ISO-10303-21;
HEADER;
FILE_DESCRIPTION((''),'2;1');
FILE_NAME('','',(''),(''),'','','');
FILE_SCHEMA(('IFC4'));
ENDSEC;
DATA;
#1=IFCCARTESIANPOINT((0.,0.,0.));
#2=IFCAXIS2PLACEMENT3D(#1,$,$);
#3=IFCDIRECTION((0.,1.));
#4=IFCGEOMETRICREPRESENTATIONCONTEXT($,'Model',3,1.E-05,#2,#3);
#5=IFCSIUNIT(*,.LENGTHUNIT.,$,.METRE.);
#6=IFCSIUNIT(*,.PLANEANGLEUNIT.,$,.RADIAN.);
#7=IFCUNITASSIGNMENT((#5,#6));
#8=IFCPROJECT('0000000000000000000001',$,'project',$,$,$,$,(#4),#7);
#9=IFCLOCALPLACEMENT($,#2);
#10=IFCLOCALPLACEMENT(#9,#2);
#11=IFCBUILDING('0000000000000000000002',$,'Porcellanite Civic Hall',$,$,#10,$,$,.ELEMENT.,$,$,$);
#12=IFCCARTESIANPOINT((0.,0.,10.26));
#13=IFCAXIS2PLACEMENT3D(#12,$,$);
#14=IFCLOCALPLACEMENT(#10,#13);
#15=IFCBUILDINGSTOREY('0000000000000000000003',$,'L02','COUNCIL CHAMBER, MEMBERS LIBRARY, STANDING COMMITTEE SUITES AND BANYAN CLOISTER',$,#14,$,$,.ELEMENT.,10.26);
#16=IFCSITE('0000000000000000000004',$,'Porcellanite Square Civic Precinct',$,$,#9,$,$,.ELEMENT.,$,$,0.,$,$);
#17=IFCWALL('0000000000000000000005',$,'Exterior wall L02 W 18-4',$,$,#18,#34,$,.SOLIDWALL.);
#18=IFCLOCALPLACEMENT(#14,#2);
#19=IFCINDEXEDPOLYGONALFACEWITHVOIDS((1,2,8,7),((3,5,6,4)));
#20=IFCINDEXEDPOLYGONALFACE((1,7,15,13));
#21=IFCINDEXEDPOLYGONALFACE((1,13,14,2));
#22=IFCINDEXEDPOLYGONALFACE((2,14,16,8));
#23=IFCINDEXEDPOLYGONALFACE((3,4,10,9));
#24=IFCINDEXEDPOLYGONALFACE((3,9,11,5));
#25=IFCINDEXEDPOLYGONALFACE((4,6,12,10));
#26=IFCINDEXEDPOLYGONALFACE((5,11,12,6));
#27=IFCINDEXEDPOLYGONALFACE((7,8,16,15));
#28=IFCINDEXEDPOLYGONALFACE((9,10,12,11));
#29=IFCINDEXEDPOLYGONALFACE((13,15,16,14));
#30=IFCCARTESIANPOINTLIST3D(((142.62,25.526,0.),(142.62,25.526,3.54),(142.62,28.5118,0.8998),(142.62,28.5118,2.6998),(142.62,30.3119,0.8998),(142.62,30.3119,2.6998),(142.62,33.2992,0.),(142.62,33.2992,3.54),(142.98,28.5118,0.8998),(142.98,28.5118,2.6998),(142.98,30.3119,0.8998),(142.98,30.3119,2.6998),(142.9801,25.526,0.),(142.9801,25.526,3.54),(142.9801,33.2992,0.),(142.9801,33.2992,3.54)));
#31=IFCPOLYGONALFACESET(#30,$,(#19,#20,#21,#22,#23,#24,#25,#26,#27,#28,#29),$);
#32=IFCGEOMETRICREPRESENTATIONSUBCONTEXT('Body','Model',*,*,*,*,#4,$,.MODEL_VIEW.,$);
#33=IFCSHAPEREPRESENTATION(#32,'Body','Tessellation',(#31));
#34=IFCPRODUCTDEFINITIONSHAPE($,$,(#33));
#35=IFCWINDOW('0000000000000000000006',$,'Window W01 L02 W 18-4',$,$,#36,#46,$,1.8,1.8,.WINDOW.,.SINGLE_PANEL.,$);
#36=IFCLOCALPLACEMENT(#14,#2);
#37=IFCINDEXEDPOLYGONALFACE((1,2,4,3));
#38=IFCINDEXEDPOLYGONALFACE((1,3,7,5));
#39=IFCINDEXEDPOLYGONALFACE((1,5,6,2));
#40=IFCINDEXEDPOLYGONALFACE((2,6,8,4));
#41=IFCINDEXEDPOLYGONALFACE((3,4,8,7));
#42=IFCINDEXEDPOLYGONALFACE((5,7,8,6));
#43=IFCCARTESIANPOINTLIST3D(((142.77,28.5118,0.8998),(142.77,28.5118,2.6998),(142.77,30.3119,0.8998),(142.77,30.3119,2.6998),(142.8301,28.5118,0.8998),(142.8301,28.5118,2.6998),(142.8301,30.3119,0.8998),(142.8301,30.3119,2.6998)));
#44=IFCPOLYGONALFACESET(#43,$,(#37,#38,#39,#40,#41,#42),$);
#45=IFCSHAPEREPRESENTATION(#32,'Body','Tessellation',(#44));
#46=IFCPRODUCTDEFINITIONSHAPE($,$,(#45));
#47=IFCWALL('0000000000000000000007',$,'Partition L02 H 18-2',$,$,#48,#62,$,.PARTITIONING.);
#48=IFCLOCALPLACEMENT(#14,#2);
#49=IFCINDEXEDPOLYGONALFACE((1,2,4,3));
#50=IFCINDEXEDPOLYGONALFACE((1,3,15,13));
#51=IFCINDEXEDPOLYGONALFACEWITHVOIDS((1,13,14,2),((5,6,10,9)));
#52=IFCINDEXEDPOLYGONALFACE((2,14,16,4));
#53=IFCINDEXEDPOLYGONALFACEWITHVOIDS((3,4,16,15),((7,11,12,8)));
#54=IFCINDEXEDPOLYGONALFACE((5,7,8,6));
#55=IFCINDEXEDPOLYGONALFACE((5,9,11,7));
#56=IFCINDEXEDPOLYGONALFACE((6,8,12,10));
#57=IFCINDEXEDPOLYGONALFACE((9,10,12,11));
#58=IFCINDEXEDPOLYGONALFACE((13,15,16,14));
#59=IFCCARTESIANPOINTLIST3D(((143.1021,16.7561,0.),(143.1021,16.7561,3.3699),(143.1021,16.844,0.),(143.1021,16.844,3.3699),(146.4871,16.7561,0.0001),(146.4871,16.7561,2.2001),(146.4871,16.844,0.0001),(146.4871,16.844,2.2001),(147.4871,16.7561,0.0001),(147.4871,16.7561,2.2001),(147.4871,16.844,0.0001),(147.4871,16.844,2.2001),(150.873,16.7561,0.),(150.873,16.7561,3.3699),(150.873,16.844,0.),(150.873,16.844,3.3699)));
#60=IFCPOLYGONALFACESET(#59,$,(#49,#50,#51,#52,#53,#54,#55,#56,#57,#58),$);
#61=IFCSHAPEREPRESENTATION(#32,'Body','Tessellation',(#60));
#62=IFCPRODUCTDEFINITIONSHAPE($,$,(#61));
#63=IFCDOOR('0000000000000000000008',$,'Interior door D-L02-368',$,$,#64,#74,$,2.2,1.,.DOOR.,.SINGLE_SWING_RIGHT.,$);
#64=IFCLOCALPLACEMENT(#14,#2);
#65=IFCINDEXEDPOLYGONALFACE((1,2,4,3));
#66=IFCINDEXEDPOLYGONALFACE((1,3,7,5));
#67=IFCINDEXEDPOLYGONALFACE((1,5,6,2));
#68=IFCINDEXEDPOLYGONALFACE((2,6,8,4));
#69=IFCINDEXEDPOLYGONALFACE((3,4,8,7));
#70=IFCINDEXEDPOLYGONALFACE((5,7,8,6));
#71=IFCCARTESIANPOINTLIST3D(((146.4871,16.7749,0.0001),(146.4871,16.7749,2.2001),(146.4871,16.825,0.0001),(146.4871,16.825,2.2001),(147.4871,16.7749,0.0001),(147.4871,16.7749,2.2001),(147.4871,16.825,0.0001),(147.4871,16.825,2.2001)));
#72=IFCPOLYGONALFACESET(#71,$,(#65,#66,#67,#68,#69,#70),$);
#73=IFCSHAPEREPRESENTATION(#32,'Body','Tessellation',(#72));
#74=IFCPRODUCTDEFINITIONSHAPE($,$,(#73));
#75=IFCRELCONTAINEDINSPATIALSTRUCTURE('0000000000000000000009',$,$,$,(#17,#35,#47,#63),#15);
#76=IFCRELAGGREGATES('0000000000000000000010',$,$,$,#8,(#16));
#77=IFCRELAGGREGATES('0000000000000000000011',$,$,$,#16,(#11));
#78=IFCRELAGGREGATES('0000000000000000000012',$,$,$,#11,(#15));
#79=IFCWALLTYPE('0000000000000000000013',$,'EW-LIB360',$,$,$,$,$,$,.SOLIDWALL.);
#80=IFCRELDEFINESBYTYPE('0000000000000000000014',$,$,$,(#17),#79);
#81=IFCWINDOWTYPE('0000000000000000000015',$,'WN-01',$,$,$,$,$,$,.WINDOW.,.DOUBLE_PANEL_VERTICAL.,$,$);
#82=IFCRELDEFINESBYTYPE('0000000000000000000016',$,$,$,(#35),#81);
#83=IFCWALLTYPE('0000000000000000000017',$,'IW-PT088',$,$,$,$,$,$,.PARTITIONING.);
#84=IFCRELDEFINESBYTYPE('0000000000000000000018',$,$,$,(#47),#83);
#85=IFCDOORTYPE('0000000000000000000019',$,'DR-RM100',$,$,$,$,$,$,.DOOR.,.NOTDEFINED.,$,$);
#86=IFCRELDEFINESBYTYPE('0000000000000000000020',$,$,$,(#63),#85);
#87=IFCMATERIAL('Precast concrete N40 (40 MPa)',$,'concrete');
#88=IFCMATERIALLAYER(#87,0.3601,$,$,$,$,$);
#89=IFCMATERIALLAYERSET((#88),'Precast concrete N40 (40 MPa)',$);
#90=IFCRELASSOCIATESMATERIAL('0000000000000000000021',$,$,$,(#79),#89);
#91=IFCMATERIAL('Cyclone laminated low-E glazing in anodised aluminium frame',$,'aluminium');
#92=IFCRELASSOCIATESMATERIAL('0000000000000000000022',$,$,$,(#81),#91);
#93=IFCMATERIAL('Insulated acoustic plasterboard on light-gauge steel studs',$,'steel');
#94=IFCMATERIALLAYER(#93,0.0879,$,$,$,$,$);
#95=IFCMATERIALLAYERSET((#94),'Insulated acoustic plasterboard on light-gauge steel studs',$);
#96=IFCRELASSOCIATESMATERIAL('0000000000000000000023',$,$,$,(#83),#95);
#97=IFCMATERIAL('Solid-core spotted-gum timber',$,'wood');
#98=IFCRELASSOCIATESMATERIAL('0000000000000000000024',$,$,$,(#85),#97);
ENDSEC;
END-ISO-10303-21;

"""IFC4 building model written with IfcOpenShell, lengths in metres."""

from ifc_helpers import new_model, si_unit, direction, frame, frame_2d, origin, place, context, subcontext, project, spatial, rectangle, extrude, material, layer, layer_set, type_object, element, fill, save


model = new_model("IFC4")

# Units and contexts
model_context = context("Model", 3, precision=1e-05, world=origin(), true_north=direction((0.0, 1.0)))
body_context = subcontext(model_context, "Body", "Model", "MODEL_VIEW")
ifc_project = project(units=[si_unit("LENGTHUNIT", "METRE"), si_unit("PLANEANGLEUNIT", "RADIAN")], contexts=[model_context])

# Site, building, storey
site_placement = place(None, origin())
site = spatial("IfcSite", under=ifc_project, at=site_placement, Name="Porcellanite Square Civic Precinct", CompositionType="ELEMENT", RefElevation=0.0)
building_placement = place(site_placement, origin())
building = spatial("IfcBuilding", under=site, at=building_placement, Name="Porcellanite Civic Hall", CompositionType="ELEMENT")
storey_placement = place(building_placement, frame((0.0, 0.0, 10.26)))
storey = spatial("IfcBuildingStorey", under=building, at=storey_placement, Name="L02", Description="COUNCIL CHAMBER, MEMBERS LIBRARY, STANDING COMMITTEE SUITES AND BANYAN CLOISTER", CompositionType="ELEMENT", Elevation=10.26)

# Wall, opening, window
ifc_material_1 = material(Name="Precast concrete N40 (40 MPa)", Category="concrete")
ifc_layer_1 = layer(ifc_material_1, 0.3601)
ifc_layer_set_1 = layer_set([ifc_layer_1], Name="Precast concrete N40 (40 MPa)")
wall_type_1 = type_object("IfcWallType", Name="EW-LIB360", PredefinedType="SOLIDWALL", material=ifc_layer_set_1)
wall_1_placement = place(storey_placement, frame((142.8, 25.5259, 0.0), z_axis=(0.0, 0.0, 1.0), x_axis=(0.0, 1.0, 0.0)))
wall_1 = element("IfcWall", 1, at=wall_1_placement, inside=storey, type_object=wall_type_1, Name="Exterior wall L02 W 18-4", PredefinedType="SOLIDWALL", context=body_context, shape_type="SweptSolid", body=[
    extrude(rectangle(XDim=7.7732, YDim=0.3601, at=frame_2d((3.8867, 0.0))), origin(), (0.0, 0.0, 1.0), 3.54),
])
opening_1_placement = place(wall_1_placement, frame((2.9861, 0.0, 0.8999)))
opening_1 = element("IfcOpeningElement", 2, at=opening_1_placement, cuts=wall_1, PredefinedType="OPENING", context=body_context, shape_type="SweptSolid", body=[
    extrude(rectangle(XDim=1.8, YDim=1.8, at=frame_2d((0.8999, 0.8999))), frame((0.0, 0.1802, 0.0), z_axis=(0.0, -1.0, 0.0), x_axis=(1.0, 0.0, 0.0)), (0.0, 0.0, 1.0), 0.3601),
])
ifc_material_2 = material(Name="Cyclone laminated low-E glazing in anodised aluminium frame", Category="aluminium")
window_type_1 = type_object("IfcWindowType", Name="WN-01", PartitioningType="DOUBLE_PANEL_VERTICAL", PredefinedType="WINDOW", material=ifc_material_2)
window_1_placement = place(opening_1_placement, origin())
window_1 = element("IfcWindow", 3, at=window_1_placement, inside=storey, type_object=window_type_1, Name="Window W01 L02 W 18-4", OverallHeight=1.8, OverallWidth=1.8, PartitioningType="SINGLE_PANEL", PredefinedType="WINDOW", context=body_context, shape_type="SweptSolid", body=[
    extrude(rectangle(XDim=1.8, YDim=1.8, at=frame_2d((0.8999, 0.8999))), frame((0.0, 0.03, 0.0), z_axis=(0.0, -1.0, 0.0), x_axis=(1.0, 0.0, 0.0)), (0.0, 0.0, 1.0), 0.0601),
])
fill(opening_1, window_1)

# Wall, opening, door
ifc_material_3 = material(Name="Insulated acoustic plasterboard on light-gauge steel studs", Category="steel")
ifc_layer_2 = layer(ifc_material_3, 0.0879)
ifc_layer_set_2 = layer_set([ifc_layer_2], Name="Insulated acoustic plasterboard on light-gauge steel studs")
wall_type_2 = type_object("IfcWallType", Name="IW-PT088", PredefinedType="PARTITIONING", material=ifc_layer_set_2)
wall_2_placement = place(storey_placement, frame((143.1021, 16.8, 0.0), z_axis=(0.0, 0.0, 1.0), x_axis=(1.0, 0.0, 0.0)))
wall_2 = element("IfcWall", 4, at=wall_2_placement, inside=storey, type_object=wall_type_2, Name="Partition L02 H 18-2", PredefinedType="PARTITIONING", context=body_context, shape_type="SweptSolid", body=[
    extrude(rectangle(XDim=7.771, YDim=0.0879, at=frame_2d((3.8855, 0.0))), origin(), (0.0, 0.0, 1.0), 3.3699),
])
opening_2_placement = place(wall_2_placement, frame((3.385, 0.0, 0.0)))
opening_2 = element("IfcOpeningElement", 5, at=opening_2_placement, cuts=wall_2, PredefinedType="OPENING", context=body_context, shape_type="SweptSolid", body=[
    extrude(rectangle(XDim=1.0, YDim=2.2, at=frame_2d((0.5, 1.1001))), frame((0.0, 0.0439, 0.0), z_axis=(0.0, -1.0, 0.0), x_axis=(1.0, 0.0, 0.0)), (0.0, 0.0, 1.0), 0.0879),
])
ifc_material_4 = material(Name="Solid-core spotted-gum timber", Category="wood")
door_type = type_object("IfcDoorType", Name="DR-RM100", OperationType="NOTDEFINED", PredefinedType="DOOR", material=ifc_material_4)
door_placement = place(opening_2_placement, origin())
door = element("IfcDoor", 6, at=door_placement, inside=storey, type_object=door_type, Name="Interior door D-L02-368", OperationType="SINGLE_SWING_RIGHT", OverallHeight=2.2, OverallWidth=1.0, PredefinedType="DOOR", context=body_context, shape_type="SweptSolid", body=[
    extrude(rectangle(XDim=1.0, YDim=2.2, at=frame_2d((0.5, 1.1001))), frame((0.0, 0.0249, 0.0), z_axis=(0.0, -1.0, 0.0), x_axis=(1.0, 0.0, 0.0)), (0.0, 0.0, 1.0), 0.05),
])
fill(opening_2, door)

save(model, "model.ifc")
